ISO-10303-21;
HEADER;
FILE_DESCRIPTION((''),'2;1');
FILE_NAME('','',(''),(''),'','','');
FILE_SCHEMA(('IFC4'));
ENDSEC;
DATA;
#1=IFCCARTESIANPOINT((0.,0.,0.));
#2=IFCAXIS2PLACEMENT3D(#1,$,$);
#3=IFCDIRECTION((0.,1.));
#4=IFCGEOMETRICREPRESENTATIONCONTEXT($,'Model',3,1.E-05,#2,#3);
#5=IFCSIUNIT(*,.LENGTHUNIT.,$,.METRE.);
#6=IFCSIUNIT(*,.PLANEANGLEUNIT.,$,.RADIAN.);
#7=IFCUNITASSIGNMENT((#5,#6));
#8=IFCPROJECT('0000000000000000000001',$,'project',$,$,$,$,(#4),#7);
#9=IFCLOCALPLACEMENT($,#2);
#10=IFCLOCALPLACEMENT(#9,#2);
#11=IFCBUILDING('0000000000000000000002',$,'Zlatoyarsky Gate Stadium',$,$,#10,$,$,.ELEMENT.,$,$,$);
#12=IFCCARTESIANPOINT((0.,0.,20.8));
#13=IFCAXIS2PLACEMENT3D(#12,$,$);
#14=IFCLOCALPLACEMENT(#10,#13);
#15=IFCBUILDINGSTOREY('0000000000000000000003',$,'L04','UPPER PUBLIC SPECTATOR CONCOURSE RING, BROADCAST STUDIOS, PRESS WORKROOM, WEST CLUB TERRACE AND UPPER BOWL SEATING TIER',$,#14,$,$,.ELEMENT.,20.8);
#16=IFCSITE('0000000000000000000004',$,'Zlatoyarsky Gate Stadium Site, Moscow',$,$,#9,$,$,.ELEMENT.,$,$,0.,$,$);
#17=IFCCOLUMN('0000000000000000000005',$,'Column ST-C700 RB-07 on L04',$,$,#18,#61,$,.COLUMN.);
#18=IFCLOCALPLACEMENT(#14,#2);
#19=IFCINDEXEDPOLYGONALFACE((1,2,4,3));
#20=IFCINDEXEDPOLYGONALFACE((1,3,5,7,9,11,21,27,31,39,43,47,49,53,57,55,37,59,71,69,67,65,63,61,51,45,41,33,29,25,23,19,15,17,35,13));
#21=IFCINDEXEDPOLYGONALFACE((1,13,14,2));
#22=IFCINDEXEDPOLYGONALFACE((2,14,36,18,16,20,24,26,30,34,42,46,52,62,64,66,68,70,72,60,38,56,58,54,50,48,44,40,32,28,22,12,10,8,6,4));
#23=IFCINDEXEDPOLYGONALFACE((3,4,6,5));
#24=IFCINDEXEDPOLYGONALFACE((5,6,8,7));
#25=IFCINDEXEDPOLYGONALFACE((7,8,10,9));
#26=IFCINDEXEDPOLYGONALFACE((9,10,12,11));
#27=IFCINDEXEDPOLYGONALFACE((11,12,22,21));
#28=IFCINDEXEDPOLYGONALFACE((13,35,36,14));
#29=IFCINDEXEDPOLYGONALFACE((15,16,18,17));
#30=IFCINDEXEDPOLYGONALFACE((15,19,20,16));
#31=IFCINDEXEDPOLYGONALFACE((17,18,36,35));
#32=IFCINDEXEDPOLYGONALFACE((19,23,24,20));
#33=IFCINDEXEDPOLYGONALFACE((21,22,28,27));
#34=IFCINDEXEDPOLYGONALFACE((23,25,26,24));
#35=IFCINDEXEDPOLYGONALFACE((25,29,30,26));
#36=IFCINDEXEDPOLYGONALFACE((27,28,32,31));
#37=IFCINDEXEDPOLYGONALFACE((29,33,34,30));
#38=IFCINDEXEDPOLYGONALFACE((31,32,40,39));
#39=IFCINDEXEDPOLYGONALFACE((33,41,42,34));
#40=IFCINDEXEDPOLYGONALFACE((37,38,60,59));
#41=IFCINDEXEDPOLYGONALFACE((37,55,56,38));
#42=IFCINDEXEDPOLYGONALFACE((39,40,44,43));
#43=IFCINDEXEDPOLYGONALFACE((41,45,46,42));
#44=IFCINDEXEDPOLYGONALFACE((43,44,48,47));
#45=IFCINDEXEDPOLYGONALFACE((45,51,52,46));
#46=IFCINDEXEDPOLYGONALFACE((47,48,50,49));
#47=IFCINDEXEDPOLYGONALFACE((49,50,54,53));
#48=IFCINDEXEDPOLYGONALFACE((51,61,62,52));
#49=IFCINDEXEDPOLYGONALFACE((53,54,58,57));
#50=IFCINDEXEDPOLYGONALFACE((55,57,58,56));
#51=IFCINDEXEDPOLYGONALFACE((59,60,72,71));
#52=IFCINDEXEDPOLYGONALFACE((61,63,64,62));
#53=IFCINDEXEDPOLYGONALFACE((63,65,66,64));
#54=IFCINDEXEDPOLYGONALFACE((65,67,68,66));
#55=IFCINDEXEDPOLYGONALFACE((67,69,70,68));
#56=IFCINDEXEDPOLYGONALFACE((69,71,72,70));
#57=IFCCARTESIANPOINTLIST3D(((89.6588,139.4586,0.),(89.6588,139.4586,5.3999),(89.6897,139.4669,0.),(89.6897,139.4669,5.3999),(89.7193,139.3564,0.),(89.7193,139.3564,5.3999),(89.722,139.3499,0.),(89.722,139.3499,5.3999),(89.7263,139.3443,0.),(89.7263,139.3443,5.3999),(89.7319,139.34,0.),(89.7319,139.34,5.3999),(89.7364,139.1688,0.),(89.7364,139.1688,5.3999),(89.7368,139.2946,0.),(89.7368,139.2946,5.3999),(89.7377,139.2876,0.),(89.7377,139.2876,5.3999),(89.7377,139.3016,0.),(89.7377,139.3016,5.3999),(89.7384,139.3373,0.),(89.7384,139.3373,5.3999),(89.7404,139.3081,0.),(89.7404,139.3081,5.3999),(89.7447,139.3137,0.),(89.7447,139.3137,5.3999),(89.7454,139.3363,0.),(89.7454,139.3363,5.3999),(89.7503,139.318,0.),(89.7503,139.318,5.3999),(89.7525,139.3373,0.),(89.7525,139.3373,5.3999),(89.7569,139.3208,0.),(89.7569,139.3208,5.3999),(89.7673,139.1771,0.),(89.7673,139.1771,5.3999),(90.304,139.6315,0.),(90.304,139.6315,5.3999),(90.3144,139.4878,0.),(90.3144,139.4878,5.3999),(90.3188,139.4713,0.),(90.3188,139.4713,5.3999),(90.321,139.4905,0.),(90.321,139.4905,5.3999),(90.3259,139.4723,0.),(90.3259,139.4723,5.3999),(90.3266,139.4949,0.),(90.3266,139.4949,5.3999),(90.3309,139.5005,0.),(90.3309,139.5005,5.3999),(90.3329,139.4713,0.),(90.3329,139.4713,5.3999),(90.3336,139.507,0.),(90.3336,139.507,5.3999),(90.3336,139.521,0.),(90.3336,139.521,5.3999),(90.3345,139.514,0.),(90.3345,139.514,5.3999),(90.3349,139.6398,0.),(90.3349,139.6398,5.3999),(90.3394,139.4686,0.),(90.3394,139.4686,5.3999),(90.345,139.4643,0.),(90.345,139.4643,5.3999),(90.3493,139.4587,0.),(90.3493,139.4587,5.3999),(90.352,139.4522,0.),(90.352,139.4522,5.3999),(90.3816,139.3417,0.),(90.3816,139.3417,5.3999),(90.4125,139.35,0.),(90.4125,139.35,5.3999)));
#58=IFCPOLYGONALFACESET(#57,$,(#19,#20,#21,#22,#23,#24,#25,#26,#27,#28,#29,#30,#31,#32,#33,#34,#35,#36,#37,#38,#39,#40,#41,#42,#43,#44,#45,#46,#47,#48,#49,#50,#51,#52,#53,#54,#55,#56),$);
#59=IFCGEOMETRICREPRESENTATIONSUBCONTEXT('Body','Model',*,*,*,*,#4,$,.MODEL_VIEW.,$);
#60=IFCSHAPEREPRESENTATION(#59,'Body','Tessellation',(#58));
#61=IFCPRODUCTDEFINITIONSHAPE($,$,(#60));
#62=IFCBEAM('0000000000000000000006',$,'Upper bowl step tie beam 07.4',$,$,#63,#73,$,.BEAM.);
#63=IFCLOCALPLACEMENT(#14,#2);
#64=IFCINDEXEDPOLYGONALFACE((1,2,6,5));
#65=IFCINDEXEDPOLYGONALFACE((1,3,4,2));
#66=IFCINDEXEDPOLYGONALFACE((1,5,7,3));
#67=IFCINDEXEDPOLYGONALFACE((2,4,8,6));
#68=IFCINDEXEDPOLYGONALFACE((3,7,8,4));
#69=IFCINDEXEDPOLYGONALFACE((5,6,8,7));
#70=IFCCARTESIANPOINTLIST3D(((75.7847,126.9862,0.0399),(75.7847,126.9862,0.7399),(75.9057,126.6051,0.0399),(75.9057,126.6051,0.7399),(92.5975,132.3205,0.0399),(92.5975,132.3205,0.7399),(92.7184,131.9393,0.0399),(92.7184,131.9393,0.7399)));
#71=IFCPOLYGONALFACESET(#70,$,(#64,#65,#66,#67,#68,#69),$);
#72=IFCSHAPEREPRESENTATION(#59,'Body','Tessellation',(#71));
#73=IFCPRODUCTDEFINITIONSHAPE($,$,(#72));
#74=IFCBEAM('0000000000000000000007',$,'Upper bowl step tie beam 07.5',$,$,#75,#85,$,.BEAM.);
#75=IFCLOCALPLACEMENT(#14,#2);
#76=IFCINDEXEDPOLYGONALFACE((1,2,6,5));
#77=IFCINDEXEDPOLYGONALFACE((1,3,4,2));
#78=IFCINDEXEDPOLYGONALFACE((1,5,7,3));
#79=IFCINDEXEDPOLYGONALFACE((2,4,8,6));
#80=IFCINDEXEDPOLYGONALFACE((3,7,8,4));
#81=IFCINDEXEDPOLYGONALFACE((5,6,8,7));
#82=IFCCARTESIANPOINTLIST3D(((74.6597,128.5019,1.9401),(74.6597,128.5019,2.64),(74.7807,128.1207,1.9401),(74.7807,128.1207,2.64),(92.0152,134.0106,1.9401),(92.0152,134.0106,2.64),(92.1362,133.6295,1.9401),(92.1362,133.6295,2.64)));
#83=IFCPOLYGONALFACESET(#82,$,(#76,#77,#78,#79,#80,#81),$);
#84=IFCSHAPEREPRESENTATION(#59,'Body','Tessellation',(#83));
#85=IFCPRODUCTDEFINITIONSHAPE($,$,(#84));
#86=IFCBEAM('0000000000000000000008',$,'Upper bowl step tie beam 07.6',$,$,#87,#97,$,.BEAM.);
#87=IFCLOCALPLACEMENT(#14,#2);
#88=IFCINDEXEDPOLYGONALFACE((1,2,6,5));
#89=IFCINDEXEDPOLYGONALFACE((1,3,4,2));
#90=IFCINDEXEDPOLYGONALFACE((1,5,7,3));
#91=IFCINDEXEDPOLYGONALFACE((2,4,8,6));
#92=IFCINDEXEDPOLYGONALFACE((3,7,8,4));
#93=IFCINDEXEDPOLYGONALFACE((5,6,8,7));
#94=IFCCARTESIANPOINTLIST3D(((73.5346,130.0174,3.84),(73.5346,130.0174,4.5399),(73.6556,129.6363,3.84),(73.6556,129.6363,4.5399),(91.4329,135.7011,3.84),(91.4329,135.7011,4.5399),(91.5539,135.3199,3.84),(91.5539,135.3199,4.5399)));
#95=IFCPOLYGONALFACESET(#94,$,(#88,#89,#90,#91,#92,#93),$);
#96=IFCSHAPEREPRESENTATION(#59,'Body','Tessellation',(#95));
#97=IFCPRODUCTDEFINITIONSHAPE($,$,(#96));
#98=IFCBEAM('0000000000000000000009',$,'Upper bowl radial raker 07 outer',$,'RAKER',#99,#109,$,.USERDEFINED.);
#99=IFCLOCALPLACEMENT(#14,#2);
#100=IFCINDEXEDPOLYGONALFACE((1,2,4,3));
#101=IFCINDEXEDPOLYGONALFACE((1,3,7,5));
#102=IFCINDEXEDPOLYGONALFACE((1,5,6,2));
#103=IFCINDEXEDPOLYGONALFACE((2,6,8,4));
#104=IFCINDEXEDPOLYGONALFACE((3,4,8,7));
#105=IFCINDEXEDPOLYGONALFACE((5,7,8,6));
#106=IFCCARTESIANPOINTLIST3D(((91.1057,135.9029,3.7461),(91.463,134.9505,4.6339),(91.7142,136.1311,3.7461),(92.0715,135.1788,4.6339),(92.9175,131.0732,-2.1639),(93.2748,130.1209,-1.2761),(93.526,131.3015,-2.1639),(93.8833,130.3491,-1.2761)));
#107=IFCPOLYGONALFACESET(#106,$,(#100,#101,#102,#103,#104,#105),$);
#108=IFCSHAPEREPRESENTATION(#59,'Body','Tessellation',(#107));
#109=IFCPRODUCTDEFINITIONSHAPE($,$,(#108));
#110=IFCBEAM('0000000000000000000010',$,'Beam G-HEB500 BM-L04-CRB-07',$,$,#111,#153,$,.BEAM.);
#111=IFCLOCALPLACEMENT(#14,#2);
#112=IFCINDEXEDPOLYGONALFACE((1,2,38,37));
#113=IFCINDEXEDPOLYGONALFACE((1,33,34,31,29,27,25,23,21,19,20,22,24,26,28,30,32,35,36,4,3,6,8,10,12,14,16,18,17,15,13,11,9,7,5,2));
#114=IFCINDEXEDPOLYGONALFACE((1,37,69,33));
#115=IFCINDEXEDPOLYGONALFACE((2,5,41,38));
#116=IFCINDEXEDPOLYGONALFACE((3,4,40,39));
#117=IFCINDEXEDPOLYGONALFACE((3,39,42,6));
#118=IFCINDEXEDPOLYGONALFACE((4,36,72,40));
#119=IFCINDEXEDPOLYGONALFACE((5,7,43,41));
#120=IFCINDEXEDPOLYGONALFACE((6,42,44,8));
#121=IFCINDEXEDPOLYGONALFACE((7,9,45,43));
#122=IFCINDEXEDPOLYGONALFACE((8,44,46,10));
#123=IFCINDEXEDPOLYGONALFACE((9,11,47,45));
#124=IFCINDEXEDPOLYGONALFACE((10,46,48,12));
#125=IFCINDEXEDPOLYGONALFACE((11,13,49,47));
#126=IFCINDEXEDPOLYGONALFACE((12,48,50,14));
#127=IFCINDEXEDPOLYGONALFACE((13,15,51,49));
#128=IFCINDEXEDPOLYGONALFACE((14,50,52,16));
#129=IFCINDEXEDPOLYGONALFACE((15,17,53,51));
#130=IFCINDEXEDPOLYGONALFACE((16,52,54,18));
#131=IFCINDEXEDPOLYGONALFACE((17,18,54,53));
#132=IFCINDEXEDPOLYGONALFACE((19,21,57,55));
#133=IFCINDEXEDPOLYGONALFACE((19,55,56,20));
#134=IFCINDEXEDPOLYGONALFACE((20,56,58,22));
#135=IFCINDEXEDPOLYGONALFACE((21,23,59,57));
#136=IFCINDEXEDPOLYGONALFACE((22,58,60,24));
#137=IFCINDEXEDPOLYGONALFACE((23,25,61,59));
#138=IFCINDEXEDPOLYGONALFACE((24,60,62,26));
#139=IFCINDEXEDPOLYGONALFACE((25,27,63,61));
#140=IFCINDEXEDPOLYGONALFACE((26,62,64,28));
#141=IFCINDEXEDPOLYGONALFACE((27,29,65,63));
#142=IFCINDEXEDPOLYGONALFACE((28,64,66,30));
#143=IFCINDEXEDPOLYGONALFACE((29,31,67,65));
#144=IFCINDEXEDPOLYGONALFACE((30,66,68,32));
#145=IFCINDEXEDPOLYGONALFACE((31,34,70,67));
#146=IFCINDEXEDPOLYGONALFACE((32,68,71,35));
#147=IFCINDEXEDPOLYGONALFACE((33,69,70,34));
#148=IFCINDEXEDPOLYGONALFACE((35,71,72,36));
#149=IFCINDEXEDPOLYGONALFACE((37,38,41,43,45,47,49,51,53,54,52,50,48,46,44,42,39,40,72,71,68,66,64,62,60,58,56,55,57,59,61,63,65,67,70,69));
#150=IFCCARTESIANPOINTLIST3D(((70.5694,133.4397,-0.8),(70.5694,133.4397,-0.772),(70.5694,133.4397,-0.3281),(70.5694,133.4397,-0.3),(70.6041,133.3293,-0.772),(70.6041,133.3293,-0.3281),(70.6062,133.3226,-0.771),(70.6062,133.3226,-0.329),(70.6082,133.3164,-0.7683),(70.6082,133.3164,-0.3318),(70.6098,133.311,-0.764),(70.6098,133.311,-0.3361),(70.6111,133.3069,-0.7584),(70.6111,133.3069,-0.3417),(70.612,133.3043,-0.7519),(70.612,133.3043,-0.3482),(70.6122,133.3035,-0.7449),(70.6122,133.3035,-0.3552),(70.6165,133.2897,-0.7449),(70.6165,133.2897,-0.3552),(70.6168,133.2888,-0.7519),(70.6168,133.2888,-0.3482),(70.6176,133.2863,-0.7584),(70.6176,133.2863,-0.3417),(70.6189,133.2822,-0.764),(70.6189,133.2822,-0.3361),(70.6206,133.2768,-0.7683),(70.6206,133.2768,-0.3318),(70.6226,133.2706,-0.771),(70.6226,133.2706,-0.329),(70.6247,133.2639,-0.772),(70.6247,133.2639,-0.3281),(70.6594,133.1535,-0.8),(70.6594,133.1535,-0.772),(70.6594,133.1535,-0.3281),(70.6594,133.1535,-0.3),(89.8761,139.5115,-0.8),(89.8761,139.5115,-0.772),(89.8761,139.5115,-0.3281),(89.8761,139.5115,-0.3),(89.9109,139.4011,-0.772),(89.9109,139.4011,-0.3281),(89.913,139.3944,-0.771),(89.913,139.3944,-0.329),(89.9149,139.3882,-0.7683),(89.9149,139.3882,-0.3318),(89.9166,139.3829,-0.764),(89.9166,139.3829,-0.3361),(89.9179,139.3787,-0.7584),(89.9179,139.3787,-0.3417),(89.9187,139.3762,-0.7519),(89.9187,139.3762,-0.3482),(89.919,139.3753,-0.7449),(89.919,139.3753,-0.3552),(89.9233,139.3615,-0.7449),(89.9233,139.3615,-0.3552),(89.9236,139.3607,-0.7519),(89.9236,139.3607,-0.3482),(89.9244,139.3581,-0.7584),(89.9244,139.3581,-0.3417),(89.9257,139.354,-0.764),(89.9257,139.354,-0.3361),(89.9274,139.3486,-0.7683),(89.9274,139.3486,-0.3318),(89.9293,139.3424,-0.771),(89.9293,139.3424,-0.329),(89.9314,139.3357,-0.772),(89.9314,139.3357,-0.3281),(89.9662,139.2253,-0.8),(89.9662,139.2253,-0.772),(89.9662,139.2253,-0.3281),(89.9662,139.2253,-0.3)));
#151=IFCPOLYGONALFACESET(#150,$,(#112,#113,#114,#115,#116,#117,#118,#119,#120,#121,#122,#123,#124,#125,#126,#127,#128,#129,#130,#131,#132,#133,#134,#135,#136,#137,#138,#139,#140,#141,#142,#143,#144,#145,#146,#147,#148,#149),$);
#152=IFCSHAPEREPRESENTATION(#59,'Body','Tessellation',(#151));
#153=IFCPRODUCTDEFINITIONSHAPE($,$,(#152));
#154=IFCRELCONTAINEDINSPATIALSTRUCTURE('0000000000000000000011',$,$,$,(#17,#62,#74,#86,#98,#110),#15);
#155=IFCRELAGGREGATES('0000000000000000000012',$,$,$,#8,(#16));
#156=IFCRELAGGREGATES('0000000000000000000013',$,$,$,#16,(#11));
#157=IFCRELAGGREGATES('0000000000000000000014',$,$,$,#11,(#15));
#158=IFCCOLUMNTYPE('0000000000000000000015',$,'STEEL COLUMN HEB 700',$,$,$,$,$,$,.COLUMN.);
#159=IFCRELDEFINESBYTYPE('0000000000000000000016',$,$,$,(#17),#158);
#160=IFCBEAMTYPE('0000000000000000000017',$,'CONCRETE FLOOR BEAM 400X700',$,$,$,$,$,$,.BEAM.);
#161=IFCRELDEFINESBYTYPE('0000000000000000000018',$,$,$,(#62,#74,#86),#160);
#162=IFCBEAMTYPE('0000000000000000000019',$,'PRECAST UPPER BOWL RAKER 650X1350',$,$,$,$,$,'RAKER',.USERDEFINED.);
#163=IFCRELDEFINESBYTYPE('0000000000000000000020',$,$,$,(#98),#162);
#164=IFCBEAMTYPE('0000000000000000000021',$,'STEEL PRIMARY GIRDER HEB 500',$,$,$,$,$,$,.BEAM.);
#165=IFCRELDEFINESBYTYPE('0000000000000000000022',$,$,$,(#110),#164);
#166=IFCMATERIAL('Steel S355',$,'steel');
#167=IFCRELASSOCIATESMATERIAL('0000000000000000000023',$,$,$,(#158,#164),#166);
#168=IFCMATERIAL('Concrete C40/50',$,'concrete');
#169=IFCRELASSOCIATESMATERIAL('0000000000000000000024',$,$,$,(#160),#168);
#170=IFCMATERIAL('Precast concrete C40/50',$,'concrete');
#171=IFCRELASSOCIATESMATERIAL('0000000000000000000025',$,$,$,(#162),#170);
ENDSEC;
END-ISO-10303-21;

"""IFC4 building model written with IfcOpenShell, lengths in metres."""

from ifc_helpers import new_model, si_unit, direction, frame, origin, origin_2d, place, context, subcontext, project, spatial, rectangle, i_section, extrude, material, material_profile, profile_set, type_object, element, save


model = new_model("IFC4")

# Units and contexts
model_context = context("Model", 3, precision=1e-05, world=origin(), true_north=direction((0.0, 1.0)))
body_context = subcontext(model_context, "Body", "Model", "MODEL_VIEW")
ifc_project = project(units=[si_unit("LENGTHUNIT", "METRE"), si_unit("PLANEANGLEUNIT", "RADIAN")], contexts=[model_context])

# Site, building, storey
site_placement = place(None, origin())
site = spatial("IfcSite", under=ifc_project, at=site_placement, Name="Zlatoyarsky Gate Stadium Site, Moscow", CompositionType="ELEMENT", RefElevation=0.0)
building_placement = place(site_placement, origin())
building = spatial("IfcBuilding", under=site, at=building_placement, Name="Zlatoyarsky Gate Stadium", CompositionType="ELEMENT")
storey_placement = place(building_placement, frame((0.0, 0.0, 20.8)))
storey = spatial("IfcBuildingStorey", under=building, at=storey_placement, Name="L04", Description="UPPER PUBLIC SPECTATOR CONCOURSE RING, BROADCAST STUDIOS, PRESS WORKROOM, WEST CLUB TERRACE AND UPPER BOWL SEATING TIER", CompositionType="ELEMENT", Elevation=20.8)

# Column
ifc_material_1 = material(Name="Steel S355", Category="steel")
ifc_material_profile_1 = material_profile(ifc_material_1, i_section(OverallWidth=0.3, OverallDepth=0.7, WebThickness=0.0171, FlangeThickness=0.032, FilletRadius=0.0271, at=origin_2d()), Name="HEB 700")
ifc_profile_set_1 = profile_set([ifc_material_profile_1], Name="Steel S355")
column_type = type_object("IfcColumnType", Name="STEEL COLUMN HEB 700", PredefinedType="COLUMN", material=ifc_profile_set_1)
column_placement = place(storey_placement, frame((90.0356, 139.4043, 0.0), z_axis=(0.0, 0.0, 1.0), x_axis=(-0.258819, 0.965926, 0.0)))
element("IfcColumn", 1, at=column_placement, inside=storey, type_object=column_type, Name="Column ST-C700 RB-07 on L04", PredefinedType="COLUMN", context=body_context, shape_type="SweptSolid", body=[
    extrude(i_section(OverallWidth=0.3, OverallDepth=0.7, WebThickness=0.0171, FlangeThickness=0.032, FilletRadius=0.0271, at=origin_2d()), origin(), (0.0, 0.0, 1.0), 5.3999),
])

# Beams
ifc_material_2 = material(Name="Concrete C40/50", Category="concrete")
ifc_material_profile_2 = material_profile(ifc_material_2, rectangle(XDim=0.3999, YDim=0.7, at=origin_2d()), Name="RC BEAM 400X700")
ifc_profile_set_2 = profile_set([ifc_material_profile_2], Name="Concrete C40/50")
beam_type_1 = type_object("IfcBeamType", Name="CONCRETE FLOOR BEAM 400X700", PredefinedType="BEAM", material=ifc_profile_set_2)
beam_1_placement = place(storey_placement, frame((92.658, 132.1299, 0.3899), z_axis=(-0.953176, -0.302417, 0.0), x_axis=(0.302417, -0.953176, 0.0)))
element("IfcBeam", 2, at=beam_1_placement, inside=storey, type_object=beam_type_1, Name="Upper bowl step tie beam 07.4", PredefinedType="BEAM", context=body_context, shape_type="SweptSolid", body=[
    extrude(rectangle(XDim=0.3999, YDim=0.7, at=origin_2d()), origin(), (0.0, 0.0, 1.0), 17.6387),
])
beam_2_placement = place(storey_placement, frame((92.0757, 133.8201, 2.29), z_axis=(-0.953138, -0.302535, 0.0), x_axis=(0.302535, -0.953138, 0.0)))
element("IfcBeam", 3, at=beam_2_placement, inside=storey, type_object=beam_type_1, Name="Upper bowl step tie beam 07.5", PredefinedType="BEAM", context=body_context, shape_type="SweptSolid", body=[
    extrude(rectangle(XDim=0.3999, YDim=0.7, at=origin_2d()), origin(), (0.0, 0.0, 1.0), 18.2087),
])
beam_3_placement = place(storey_placement, frame((91.4934, 135.5105, 4.1899), z_axis=(-0.953099, -0.302658, 0.0), x_axis=(0.302658, -0.953099, 0.0)))
element("IfcBeam", 4, at=beam_3_placement, inside=storey, type_object=beam_type_1, Name="Upper bowl step tie beam 07.6", PredefinedType="BEAM", context=body_context, shape_type="SweptSolid", body=[
    extrude(rectangle(XDim=0.3999, YDim=0.7, at=origin_2d()), origin(), (0.0, 0.0, 1.0), 18.7791),
])
ifc_material_3 = material(Name="Precast concrete C40/50", Category="concrete")
ifc_material_profile_3 = material_profile(ifc_material_3, rectangle(XDim=0.6499, YDim=1.3501, at=origin_2d()), Name="PC RAKER 650X1350")
ifc_profile_set_3 = profile_set([ifc_material_profile_3], Name="Precast concrete C40/50")
beam_type_2 = type_object("IfcBeamType", Name="PRECAST UPPER BOWL RAKER 650X1350", ElementType="RAKER", PredefinedType="USERDEFINED", material=ifc_profile_set_3)
beam_4_placement = place(storey_placement, frame((93.4004, 130.7112, -1.72), z_axis=(-0.230963, 0.615674, 0.753393), x_axis=(-0.936286, -0.351238, 0.0)))
element("IfcBeam", 5, at=beam_4_placement, inside=storey, type_object=beam_type_2, Name="Upper bowl radial raker 07 outer", ObjectType="RAKER", PredefinedType="USERDEFINED", context=body_context, shape_type="SweptSolid", body=[
    extrude(rectangle(XDim=0.6499, YDim=1.3501, at=origin_2d()), origin(), (0.0, 0.0, 1.0), 7.8445),
])
ifc_material_profile_4 = material_profile(ifc_material_1, i_section(OverallWidth=0.3, OverallDepth=0.5, WebThickness=0.0144, FlangeThickness=0.0281, FilletRadius=0.0271, at=origin_2d()), Name="HEB 500")
ifc_profile_set_4 = profile_set([ifc_material_profile_4], Name="Steel S355")
beam_type_3 = type_object("IfcBeamType", Name="STEEL PRIMARY GIRDER HEB 500", PredefinedType="BEAM", material=ifc_profile_set_4)
beam_5_placement = place(storey_placement, frame((89.9211, 139.3684, -0.55), z_axis=(-0.953938, -0.300005, 0.0), x_axis=(0.300005, -0.953938, 0.0)))
element("IfcBeam", 6, at=beam_5_placement, inside=storey, type_object=beam_type_3, Name="Beam G-HEB500 BM-L04-CRB-07", PredefinedType="BEAM", context=body_context, shape_type="SweptSolid", body=[
    extrude(i_section(OverallWidth=0.3, OverallDepth=0.5, WebThickness=0.0144, FlangeThickness=0.0281, FilletRadius=0.0271, at=origin_2d()), origin(), (0.0, 0.0, 1.0), 20.239),
])

save(model, "model.ifc")
